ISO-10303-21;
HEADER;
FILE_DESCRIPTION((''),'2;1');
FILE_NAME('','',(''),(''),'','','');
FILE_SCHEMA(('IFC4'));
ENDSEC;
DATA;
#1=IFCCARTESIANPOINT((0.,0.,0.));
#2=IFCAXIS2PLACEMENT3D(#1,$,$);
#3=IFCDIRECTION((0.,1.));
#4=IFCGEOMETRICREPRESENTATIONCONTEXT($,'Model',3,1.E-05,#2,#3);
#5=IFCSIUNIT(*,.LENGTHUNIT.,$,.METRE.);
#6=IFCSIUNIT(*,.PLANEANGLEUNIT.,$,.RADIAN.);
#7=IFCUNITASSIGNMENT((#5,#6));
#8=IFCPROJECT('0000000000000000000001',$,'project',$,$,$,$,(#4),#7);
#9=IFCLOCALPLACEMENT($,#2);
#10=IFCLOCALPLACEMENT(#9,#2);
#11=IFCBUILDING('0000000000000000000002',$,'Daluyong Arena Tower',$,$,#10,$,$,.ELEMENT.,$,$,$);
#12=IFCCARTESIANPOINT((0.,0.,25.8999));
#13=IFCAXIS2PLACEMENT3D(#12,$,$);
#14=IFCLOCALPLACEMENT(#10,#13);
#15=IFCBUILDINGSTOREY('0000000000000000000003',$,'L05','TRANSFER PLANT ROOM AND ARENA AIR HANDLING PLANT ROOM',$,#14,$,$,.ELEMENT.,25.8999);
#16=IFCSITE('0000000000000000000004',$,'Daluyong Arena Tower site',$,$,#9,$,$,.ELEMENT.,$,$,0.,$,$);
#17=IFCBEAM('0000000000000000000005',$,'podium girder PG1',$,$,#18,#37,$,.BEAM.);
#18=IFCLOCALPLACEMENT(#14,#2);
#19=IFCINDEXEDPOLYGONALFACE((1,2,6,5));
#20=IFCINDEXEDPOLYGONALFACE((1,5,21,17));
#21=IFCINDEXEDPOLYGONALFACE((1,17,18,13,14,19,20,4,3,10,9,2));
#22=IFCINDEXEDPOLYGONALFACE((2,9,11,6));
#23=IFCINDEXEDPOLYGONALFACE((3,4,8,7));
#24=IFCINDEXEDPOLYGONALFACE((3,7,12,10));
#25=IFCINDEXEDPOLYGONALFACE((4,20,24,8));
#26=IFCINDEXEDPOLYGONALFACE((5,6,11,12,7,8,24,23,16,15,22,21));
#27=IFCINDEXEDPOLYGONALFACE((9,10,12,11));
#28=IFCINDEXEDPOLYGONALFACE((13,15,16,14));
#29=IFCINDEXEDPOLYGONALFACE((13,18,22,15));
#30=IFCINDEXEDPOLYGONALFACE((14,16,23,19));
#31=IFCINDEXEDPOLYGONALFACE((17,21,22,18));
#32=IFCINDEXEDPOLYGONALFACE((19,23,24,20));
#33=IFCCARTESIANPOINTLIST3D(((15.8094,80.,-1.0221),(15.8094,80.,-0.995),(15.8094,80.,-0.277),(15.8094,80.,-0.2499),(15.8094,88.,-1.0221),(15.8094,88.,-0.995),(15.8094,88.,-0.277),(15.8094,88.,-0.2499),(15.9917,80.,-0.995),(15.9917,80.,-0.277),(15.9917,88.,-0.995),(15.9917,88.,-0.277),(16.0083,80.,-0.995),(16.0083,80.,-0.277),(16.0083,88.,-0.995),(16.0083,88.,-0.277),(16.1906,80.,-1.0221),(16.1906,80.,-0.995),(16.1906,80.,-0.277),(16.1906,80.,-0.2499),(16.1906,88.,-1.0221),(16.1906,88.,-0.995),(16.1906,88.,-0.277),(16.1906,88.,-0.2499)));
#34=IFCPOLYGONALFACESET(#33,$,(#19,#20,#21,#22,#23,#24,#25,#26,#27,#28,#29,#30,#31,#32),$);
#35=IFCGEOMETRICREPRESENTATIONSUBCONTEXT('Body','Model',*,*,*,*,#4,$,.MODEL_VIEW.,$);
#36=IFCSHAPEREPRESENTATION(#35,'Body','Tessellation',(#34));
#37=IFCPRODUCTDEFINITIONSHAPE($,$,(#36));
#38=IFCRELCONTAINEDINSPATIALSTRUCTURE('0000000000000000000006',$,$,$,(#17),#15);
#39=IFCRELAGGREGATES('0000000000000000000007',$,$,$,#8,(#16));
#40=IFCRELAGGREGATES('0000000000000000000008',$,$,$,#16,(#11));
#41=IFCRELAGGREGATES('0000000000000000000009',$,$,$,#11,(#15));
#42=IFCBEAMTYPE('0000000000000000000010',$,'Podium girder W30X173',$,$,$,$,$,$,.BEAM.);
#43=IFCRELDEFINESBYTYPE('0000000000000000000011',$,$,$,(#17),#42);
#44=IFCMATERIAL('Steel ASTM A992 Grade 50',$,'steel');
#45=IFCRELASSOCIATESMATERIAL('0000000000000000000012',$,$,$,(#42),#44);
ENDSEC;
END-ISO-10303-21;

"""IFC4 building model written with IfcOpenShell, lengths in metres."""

from ifc_helpers import new_model, si_unit, direction, frame, origin, origin_2d, place, context, subcontext, project, spatial, i_section, extrude, material, material_profile, profile_set, type_object, element, save


model = new_model("IFC4")

# Units and contexts
model_context = context("Model", 3, precision=1e-05, world=origin(), true_north=direction((0.0, 1.0)))
body_context = subcontext(model_context, "Body", "Model", "MODEL_VIEW")
ifc_project = project(units=[si_unit("LENGTHUNIT", "METRE"), si_unit("PLANEANGLEUNIT", "RADIAN")], contexts=[model_context])

# Site, building, storey
site_placement = place(None, origin())
site = spatial("IfcSite", under=ifc_project, at=site_placement, Name="Daluyong Arena Tower site", CompositionType="ELEMENT", RefElevation=0.0)
building_placement = place(site_placement, origin())
building = spatial("IfcBuilding", under=site, at=building_placement, Name="Daluyong Arena Tower", CompositionType="ELEMENT")
storey_placement = place(building_placement, frame((0.0, 0.0, 25.8999)))
storey = spatial("IfcBuildingStorey", under=building, at=storey_placement, Name="L05", Description="TRANSFER PLANT ROOM AND ARENA AIR HANDLING PLANT ROOM", CompositionType="ELEMENT", Elevation=25.8999)

# Beam
ifc_material_1 = material(Name="Steel ASTM A992 Grade 50", Category="steel")
ifc_material_profile_1 = material_profile(ifc_material_1, i_section(OverallWidth=0.3811, OverallDepth=0.7722, WebThickness=0.0166, FlangeThickness=0.0271, at=origin_2d()))
ifc_profile_set_1 = profile_set([ifc_material_profile_1], Name="Steel ASTM A992 Grade 50")
beam_type_1 = type_object("IfcBeamType", Name="Podium girder W30X173", PredefinedType="BEAM", material=ifc_profile_set_1)
for number, where, z_axis, x_axis, name in (
    (1, (16.0, 80.0, -0.636), (0.0, 1.0, 0.0), (-1.0, 0.0, 0.0), "podium girder PG1"),
):
    element("IfcBeam", number, at=place(storey_placement, frame(where, z_axis=z_axis, x_axis=x_axis)), inside=storey, type_object=beam_type_1, Name=name, PredefinedType="BEAM", context=body_context, shape_type="SweptSolid", body=[
        extrude(i_section(OverallWidth=0.3811, OverallDepth=0.7722, WebThickness=0.0166, FlangeThickness=0.0271, at=origin_2d()), origin(), (0.0, 0.0, 1.0), 8.0),
    ])

save(model, "model.ifc")
